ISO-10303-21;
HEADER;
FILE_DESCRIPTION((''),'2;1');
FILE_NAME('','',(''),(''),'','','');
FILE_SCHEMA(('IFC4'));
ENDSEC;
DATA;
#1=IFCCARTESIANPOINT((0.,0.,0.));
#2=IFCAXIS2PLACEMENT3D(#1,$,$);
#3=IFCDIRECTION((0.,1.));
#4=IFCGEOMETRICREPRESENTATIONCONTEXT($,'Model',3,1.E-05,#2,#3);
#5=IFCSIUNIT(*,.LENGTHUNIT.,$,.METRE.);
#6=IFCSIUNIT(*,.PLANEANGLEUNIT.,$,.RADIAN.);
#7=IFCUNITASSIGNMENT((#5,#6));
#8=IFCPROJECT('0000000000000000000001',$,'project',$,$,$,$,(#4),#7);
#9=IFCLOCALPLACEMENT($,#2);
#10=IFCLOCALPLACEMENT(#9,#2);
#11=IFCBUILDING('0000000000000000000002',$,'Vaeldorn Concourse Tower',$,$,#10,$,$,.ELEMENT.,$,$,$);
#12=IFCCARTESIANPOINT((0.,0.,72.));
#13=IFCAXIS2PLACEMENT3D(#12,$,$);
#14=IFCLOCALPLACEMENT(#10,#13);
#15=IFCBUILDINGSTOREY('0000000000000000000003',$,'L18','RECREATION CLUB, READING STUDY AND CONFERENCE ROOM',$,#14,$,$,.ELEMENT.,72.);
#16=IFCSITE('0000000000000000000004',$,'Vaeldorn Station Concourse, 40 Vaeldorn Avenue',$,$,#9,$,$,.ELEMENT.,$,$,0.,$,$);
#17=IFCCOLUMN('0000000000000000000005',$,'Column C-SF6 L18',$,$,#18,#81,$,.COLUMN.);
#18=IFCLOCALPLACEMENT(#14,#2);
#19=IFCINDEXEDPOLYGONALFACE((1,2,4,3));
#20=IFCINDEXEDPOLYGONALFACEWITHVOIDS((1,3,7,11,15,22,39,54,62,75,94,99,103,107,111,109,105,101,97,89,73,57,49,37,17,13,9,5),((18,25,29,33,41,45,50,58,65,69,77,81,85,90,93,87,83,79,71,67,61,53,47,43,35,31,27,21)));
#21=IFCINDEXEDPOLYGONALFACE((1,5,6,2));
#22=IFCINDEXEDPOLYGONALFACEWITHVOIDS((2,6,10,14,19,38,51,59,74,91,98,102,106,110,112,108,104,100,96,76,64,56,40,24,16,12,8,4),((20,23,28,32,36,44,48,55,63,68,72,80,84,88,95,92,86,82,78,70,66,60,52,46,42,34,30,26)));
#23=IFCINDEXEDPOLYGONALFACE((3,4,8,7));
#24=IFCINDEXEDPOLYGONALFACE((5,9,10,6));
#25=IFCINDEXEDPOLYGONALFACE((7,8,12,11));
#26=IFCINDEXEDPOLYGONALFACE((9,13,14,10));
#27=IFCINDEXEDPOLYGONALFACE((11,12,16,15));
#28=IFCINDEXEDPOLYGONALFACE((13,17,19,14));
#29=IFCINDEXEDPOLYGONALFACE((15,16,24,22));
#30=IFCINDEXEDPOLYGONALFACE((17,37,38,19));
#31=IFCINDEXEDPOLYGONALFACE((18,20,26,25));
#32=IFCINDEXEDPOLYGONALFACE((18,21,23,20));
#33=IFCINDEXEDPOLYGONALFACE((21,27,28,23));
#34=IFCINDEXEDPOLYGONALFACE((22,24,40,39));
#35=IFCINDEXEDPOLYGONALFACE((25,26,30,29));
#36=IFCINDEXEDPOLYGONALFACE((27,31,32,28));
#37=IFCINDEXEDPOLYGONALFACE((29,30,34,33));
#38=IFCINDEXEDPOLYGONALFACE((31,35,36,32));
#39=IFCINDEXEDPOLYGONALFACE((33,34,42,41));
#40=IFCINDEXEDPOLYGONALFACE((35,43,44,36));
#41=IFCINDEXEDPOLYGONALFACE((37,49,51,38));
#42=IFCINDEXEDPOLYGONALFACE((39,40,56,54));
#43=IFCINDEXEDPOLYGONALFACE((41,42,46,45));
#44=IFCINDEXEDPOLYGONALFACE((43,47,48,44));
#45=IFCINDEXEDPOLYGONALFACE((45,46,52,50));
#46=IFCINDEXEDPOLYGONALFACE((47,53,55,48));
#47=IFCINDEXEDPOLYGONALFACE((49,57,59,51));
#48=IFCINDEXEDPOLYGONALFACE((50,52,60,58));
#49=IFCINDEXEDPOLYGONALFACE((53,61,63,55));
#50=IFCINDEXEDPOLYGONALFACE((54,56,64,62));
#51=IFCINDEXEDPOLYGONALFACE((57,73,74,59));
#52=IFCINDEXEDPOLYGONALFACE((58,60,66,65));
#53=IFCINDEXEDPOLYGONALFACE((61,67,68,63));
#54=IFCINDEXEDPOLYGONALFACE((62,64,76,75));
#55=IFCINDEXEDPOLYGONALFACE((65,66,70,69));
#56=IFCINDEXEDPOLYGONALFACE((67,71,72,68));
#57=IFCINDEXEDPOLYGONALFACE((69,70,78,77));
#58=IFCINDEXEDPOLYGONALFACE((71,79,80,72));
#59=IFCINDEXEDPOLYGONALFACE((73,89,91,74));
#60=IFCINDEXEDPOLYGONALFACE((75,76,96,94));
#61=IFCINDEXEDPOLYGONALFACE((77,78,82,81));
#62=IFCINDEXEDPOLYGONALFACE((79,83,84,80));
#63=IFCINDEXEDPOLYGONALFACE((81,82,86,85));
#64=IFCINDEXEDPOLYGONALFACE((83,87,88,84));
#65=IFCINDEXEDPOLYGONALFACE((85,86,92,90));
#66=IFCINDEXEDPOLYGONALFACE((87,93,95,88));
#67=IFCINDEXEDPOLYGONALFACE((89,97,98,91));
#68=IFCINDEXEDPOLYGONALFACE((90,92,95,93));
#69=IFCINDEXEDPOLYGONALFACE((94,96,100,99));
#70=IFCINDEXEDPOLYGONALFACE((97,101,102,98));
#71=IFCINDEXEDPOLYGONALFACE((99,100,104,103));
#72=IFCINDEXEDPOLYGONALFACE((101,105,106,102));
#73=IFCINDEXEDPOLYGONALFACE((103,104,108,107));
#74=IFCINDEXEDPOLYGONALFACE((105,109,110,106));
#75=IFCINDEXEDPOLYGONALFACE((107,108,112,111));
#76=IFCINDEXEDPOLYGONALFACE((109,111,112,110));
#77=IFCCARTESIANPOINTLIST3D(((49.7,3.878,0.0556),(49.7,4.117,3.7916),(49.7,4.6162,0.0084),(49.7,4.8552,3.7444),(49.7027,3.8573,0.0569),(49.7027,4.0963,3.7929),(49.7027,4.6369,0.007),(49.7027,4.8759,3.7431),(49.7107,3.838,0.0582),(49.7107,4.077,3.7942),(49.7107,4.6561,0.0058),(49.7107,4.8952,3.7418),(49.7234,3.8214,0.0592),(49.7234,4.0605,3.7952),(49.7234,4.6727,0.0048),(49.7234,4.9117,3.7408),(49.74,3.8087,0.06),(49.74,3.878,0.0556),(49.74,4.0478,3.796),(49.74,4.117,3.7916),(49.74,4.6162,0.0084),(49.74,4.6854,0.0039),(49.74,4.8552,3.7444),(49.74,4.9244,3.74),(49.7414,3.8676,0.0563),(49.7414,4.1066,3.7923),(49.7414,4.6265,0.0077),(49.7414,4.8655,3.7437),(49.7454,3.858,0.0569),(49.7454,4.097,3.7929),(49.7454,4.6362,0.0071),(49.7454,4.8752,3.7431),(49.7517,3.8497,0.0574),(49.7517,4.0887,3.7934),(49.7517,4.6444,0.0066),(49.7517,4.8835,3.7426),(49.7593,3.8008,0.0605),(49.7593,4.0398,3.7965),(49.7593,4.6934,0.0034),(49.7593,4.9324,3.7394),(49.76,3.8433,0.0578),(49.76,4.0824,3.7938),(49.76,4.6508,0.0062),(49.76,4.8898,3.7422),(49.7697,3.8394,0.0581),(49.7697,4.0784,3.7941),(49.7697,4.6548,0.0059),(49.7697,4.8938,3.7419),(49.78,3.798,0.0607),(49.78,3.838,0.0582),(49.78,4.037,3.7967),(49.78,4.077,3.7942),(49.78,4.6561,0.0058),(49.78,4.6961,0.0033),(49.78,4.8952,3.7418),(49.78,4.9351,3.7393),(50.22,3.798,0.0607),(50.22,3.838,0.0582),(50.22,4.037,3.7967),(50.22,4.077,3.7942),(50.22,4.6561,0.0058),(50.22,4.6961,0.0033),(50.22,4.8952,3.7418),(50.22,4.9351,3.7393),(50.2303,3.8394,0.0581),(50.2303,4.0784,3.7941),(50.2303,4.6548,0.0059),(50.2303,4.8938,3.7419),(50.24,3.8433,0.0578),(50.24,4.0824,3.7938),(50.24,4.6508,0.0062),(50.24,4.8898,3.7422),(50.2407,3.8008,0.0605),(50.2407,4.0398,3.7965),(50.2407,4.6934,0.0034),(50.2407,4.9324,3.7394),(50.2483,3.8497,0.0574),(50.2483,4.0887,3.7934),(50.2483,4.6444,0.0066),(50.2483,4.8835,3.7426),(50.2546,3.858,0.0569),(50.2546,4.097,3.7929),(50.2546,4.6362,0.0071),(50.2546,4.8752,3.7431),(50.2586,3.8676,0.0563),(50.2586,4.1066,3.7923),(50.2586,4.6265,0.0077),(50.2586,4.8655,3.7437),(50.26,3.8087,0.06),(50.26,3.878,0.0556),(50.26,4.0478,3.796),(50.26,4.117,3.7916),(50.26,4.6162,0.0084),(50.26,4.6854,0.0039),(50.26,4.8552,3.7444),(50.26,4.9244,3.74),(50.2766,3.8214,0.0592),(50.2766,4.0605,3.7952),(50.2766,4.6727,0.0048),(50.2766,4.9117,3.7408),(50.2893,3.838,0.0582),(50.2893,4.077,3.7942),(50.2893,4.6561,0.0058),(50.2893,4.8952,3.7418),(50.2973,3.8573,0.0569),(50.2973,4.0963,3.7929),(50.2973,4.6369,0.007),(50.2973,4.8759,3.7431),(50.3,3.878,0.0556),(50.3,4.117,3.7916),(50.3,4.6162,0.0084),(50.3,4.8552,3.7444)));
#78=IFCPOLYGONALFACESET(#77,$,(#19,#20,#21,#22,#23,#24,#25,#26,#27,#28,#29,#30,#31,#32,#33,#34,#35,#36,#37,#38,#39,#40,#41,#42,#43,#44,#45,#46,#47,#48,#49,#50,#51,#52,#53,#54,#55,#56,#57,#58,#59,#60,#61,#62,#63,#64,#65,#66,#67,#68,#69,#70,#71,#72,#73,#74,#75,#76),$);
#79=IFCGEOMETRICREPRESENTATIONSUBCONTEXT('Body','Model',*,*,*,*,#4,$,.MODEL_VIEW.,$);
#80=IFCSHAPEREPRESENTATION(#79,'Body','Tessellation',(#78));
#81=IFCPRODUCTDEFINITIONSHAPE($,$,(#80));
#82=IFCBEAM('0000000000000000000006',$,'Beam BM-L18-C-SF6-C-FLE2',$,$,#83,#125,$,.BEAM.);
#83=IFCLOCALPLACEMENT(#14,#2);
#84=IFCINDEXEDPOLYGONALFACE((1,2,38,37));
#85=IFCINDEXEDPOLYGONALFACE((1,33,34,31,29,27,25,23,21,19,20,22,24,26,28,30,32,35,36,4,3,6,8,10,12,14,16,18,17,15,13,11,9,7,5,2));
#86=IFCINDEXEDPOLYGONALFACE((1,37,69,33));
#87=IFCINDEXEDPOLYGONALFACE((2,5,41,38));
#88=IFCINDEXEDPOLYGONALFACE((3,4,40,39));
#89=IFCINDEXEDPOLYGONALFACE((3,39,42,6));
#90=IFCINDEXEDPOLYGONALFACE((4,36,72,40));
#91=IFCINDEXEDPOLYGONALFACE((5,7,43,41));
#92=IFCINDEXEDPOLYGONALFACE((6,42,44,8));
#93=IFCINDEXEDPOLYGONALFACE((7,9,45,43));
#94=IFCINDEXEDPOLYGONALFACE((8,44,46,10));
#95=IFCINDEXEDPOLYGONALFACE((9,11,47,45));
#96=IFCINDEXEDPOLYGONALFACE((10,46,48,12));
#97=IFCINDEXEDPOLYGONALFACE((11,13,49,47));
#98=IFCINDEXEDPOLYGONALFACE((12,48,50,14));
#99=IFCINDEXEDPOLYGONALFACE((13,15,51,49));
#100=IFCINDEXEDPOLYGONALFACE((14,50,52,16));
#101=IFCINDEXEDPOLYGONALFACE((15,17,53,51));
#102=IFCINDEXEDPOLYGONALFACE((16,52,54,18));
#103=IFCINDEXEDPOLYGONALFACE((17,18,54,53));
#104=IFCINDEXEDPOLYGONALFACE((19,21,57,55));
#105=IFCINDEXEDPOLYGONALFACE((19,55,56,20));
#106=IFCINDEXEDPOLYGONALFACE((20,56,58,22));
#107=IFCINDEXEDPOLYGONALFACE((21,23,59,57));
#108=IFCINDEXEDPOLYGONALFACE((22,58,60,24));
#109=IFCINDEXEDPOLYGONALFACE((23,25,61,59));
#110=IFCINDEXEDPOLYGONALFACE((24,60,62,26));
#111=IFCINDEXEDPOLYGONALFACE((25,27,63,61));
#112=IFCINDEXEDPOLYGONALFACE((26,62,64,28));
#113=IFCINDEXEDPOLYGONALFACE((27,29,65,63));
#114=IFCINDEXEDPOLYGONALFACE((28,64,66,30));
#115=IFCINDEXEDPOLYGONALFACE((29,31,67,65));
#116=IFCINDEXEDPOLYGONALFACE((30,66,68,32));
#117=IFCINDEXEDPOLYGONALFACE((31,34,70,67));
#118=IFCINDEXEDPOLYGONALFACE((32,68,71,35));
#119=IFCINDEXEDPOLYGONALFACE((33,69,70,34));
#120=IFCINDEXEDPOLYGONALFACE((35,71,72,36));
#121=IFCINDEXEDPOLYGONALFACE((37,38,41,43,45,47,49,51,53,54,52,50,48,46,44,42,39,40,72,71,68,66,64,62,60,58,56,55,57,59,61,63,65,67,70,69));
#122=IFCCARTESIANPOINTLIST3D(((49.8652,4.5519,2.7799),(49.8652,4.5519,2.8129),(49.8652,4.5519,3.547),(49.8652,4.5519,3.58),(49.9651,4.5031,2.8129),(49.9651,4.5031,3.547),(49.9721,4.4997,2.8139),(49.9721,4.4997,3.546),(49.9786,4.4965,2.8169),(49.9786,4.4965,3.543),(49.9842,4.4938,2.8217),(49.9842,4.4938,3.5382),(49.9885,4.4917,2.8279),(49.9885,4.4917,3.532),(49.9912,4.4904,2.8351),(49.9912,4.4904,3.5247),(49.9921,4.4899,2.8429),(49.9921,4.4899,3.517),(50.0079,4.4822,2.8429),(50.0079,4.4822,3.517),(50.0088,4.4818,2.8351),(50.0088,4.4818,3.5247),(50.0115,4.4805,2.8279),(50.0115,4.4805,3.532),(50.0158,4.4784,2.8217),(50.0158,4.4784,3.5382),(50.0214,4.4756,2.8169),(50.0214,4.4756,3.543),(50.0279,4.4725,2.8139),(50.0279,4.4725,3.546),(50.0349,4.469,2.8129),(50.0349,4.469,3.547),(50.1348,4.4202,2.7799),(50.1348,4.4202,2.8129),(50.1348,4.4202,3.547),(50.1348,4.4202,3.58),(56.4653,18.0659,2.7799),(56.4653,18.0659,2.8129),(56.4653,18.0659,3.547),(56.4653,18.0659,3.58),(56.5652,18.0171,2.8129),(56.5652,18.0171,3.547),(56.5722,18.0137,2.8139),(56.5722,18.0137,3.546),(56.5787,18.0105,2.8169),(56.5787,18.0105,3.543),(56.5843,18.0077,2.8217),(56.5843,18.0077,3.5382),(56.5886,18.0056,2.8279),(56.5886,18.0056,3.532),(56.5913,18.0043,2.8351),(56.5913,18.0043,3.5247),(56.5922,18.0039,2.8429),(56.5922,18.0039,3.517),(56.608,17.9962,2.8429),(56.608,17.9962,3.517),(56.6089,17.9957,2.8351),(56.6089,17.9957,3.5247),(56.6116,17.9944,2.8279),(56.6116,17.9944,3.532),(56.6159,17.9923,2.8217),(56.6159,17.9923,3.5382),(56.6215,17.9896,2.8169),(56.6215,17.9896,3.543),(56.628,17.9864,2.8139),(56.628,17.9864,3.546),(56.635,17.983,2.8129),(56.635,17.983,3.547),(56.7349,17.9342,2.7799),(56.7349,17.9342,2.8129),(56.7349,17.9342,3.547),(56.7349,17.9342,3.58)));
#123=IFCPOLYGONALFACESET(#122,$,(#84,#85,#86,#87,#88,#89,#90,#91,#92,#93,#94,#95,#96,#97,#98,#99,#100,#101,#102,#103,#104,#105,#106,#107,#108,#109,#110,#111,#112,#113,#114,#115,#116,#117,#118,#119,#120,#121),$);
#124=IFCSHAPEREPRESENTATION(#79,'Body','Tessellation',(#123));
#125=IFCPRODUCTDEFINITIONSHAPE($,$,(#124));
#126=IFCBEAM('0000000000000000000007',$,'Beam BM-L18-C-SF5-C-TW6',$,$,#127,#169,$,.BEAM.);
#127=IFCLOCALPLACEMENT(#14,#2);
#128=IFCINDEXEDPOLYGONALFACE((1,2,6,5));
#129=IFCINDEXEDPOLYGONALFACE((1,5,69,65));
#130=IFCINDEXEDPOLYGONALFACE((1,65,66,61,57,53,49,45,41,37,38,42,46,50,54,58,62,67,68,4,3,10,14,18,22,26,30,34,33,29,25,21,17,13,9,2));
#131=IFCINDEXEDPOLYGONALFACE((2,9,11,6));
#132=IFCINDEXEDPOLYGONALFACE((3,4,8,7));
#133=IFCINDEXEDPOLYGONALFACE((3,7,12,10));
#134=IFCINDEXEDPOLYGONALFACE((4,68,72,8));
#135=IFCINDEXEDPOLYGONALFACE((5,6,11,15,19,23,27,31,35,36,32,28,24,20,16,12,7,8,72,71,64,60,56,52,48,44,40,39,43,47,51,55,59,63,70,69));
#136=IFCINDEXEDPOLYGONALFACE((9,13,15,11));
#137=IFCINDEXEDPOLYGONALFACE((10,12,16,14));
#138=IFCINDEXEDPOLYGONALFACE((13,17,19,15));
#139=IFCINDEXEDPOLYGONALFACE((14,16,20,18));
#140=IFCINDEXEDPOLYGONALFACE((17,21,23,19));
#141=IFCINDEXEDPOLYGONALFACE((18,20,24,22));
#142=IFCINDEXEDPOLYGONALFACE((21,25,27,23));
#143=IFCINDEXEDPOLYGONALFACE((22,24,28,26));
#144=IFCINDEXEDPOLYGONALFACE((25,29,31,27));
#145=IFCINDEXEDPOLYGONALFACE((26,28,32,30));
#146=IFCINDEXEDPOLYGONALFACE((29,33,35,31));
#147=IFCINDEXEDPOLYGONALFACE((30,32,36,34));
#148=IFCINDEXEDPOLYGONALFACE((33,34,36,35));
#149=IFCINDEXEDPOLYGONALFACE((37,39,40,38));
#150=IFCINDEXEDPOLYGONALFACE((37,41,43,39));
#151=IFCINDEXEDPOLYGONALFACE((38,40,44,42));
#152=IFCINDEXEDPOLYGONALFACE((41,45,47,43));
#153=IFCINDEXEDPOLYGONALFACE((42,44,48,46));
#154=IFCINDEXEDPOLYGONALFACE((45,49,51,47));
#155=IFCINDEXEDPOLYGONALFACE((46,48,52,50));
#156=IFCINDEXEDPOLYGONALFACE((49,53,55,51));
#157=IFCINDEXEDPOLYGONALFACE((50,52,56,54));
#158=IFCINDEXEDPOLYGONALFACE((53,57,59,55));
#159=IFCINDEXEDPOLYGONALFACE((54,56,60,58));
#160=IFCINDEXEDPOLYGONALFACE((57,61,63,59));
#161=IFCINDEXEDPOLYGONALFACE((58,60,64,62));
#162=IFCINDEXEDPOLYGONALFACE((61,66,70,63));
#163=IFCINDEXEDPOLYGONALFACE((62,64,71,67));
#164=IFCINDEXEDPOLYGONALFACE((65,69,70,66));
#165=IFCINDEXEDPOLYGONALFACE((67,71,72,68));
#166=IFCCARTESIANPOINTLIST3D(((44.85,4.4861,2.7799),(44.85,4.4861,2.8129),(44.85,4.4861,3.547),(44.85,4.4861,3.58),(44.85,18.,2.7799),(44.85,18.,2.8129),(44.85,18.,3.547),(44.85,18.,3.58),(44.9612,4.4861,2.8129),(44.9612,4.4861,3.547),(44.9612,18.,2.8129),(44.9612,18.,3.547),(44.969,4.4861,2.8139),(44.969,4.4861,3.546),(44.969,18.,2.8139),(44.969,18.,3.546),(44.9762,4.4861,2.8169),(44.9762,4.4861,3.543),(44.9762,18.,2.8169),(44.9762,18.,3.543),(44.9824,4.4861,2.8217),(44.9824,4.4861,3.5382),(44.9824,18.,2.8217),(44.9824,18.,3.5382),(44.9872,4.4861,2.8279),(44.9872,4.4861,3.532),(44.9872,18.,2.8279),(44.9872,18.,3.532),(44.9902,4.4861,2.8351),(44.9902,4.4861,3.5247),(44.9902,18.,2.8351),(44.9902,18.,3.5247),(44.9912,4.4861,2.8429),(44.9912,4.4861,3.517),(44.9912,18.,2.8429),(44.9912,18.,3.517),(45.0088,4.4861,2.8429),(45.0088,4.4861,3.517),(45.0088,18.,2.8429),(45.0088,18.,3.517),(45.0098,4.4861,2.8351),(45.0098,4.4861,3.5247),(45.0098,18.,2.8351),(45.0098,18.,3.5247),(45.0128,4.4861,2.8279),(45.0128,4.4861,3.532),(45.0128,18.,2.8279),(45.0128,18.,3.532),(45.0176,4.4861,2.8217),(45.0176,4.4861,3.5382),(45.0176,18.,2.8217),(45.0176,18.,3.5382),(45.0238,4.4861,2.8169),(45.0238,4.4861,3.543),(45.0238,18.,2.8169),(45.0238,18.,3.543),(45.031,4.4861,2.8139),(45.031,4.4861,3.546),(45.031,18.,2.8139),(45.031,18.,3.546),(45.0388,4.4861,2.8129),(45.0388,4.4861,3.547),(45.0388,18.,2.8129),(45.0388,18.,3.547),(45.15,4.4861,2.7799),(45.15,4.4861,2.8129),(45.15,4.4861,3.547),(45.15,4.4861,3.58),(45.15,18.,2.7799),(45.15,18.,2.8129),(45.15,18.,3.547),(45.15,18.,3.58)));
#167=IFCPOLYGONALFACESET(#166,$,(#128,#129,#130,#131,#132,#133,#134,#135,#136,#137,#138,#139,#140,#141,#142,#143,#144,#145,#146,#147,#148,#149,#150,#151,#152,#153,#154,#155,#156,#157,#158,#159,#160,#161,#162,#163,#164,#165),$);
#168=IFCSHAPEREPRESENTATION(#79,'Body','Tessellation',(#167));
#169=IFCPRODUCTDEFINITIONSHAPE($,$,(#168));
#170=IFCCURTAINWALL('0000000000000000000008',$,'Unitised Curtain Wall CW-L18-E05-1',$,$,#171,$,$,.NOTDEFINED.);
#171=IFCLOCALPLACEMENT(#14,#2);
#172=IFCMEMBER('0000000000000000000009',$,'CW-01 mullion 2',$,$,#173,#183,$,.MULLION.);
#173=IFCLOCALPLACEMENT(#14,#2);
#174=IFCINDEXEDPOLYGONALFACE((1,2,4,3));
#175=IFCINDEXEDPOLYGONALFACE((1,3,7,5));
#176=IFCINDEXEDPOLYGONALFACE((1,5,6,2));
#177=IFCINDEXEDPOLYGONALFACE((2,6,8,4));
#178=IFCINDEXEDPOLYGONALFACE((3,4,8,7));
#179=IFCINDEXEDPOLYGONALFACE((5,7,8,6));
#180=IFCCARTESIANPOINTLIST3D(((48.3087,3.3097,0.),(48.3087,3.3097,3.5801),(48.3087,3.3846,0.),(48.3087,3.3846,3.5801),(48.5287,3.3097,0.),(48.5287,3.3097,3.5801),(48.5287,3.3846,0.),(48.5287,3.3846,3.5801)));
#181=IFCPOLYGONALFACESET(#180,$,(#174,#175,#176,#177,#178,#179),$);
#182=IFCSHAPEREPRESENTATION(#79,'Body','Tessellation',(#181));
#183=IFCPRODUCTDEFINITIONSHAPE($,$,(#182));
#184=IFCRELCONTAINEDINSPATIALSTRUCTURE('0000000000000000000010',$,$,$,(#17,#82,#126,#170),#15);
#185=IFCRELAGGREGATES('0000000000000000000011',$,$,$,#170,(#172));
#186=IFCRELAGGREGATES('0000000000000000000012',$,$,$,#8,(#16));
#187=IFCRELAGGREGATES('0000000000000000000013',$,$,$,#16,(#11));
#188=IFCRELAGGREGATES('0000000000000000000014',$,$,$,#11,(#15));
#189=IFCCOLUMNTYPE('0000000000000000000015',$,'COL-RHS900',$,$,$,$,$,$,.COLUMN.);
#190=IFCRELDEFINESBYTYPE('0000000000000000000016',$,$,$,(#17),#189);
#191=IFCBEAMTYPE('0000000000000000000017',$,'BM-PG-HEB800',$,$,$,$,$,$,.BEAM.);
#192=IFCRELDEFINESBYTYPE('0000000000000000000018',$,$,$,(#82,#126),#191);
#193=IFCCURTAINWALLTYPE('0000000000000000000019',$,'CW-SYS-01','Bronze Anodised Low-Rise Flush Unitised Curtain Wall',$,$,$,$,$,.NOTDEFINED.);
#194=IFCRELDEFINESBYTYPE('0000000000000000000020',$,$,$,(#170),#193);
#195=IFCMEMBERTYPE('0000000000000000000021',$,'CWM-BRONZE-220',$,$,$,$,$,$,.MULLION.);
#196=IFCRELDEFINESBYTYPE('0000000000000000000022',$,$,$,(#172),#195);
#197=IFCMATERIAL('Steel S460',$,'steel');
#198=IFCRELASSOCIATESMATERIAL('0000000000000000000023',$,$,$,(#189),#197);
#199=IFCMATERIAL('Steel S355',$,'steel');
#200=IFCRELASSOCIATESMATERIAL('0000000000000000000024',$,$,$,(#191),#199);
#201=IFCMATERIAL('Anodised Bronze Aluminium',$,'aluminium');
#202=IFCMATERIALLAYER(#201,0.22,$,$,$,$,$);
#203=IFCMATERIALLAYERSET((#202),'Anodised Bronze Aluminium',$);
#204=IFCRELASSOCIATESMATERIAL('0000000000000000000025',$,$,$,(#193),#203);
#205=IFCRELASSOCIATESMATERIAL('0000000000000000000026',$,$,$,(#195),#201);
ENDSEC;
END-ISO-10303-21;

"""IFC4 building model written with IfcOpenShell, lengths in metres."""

from ifc_helpers import new_model, si_unit, direction, frame, origin, origin_2d, place, context, subcontext, project, spatial, rectangle, hollow_rectangle, i_section, extrude, source, transform, mapped, material, layer, layer_set, material_profile, profile_set, type_object, element, aggregate, save


model = new_model("IFC4")

# Units and contexts
model_context = context("Model", 3, precision=1e-05, world=origin(), true_north=direction((0.0, 1.0)))
body_context = subcontext(model_context, "Body", "Model", "MODEL_VIEW")
ifc_project = project(units=[si_unit("LENGTHUNIT", "METRE"), si_unit("PLANEANGLEUNIT", "RADIAN")], contexts=[model_context])

# Site, building, storey
site_placement = place(None, origin())
site = spatial("IfcSite", under=ifc_project, at=site_placement, Name="Vaeldorn Station Concourse, 40 Vaeldorn Avenue", CompositionType="ELEMENT", RefElevation=0.0)
building_placement = place(site_placement, origin())
building = spatial("IfcBuilding", under=site, at=building_placement, Name="Vaeldorn Concourse Tower", CompositionType="ELEMENT")
storey_placement = place(building_placement, frame((0.0, 0.0, 72.0)))
storey = spatial("IfcBuildingStorey", under=building, at=storey_placement, Name="L18", Description="RECREATION CLUB, READING STUDY AND CONFERENCE ROOM", CompositionType="ELEMENT", Elevation=72.0)

# Column
ifc_material_1 = material(Name="Steel S460", Category="steel")
ifc_material_profile_1 = material_profile(ifc_material_1, hollow_rectangle(XDim=0.6001, YDim=0.8999, WallThickness=0.04, InnerFilletRadius=0.04, OuterFilletRadius=0.0801, at=origin_2d()), Name="RHS 900x600x40")
ifc_profile_set_1 = profile_set([ifc_material_profile_1], Name="Steel S460")
column_type = type_object("IfcColumnType", Name="COL-RHS900", PredefinedType="COLUMN", material=ifc_profile_set_1)
shared_shape_1 = source(origin(), body_context, "Body", "SweptSolid", [
    extrude(hollow_rectangle(XDim=0.6001, YDim=0.8999, WallThickness=0.04, InnerFilletRadius=0.04, OuterFilletRadius=0.0801, at=origin_2d()), origin(), (0.0, 0.0, 1.0), 3.7437),
])
column_placement = place(storey_placement, frame((50.0, 4.2471, 0.032), z_axis=(0.0, 0.063844, 0.99796), x_axis=(-1.0, 0.0, 0.0)))
element("IfcColumn", 1, at=column_placement, inside=storey, type_object=column_type, Name="Column C-SF6 L18", PredefinedType="COLUMN", context=body_context, shape_type="MappedRepresentation", body=[
    mapped(shared_shape_1, transform((0.0, 0.0, 0.0), scale=1.0)),
])

# Beams
ifc_material_2 = material(Name="Steel S355", Category="steel")
ifc_material_profile_2 = material_profile(ifc_material_2, i_section(OverallWidth=0.3, OverallDepth=0.8, WebThickness=0.0176, FlangeThickness=0.033, FilletRadius=0.03, at=origin_2d()), Name="HEB 800")
ifc_profile_set_2 = profile_set([ifc_material_profile_2], Name="Steel S355")
beam_type = type_object("IfcBeamType", Name="BM-PG-HEB800", PredefinedType="BEAM", material=ifc_profile_set_2)
shared_shape_2 = source(origin(), body_context, "Body", "SweptSolid", [
    extrude(i_section(OverallWidth=0.3, OverallDepth=0.8, WebThickness=0.0176, FlangeThickness=0.033, FilletRadius=0.03, at=origin_2d()), origin(), (0.0, 0.0, 1.0), 15.0396),
])
beam_1_placement = place(storey_placement, frame((50.0, 4.4861, 3.1799), z_axis=(0.43885, 0.89856, 0.0), x_axis=(-0.89856, 0.43885, 0.0)))
element("IfcBeam", 2, at=beam_1_placement, inside=storey, type_object=beam_type, Name="Beam BM-L18-C-SF6-C-FLE2", PredefinedType="BEAM", context=body_context, shape_type="MappedRepresentation", body=[
    mapped(shared_shape_2, transform((0.0, 0.0, 0.0), scale=1.0)),
])
shared_shape_3 = source(origin(), body_context, "Body", "SweptSolid", [
    extrude(i_section(OverallWidth=0.3, OverallDepth=0.8, WebThickness=0.0176, FlangeThickness=0.033, FilletRadius=0.03, at=origin_2d()), origin(), (0.0, 0.0, 1.0), 13.5139),
])
beam_2_placement = place(storey_placement, frame((45.0, 4.4861, 3.1799), z_axis=(0.0, 1.0, 0.0), x_axis=(-1.0, 0.0, 0.0)))
element("IfcBeam", 3, at=beam_2_placement, inside=storey, type_object=beam_type, Name="Beam BM-L18-C-SF5-C-TW6", PredefinedType="BEAM", context=body_context, shape_type="MappedRepresentation", body=[
    mapped(shared_shape_3, transform((0.0, 0.0, 0.0), scale=1.0)),
])

# Curtain wall, member
ifc_material_3 = material(Name="Anodised Bronze Aluminium", Category="aluminium")
ifc_layer_1 = layer(ifc_material_3, 0.22)
ifc_layer_set_1 = layer_set([ifc_layer_1], Name="Anodised Bronze Aluminium")
curtain_wall_type = type_object("IfcCurtainWallType", Name="CW-SYS-01", Description="Bronze Anodised Low-Rise Flush Unitised Curtain Wall", PredefinedType="NOTDEFINED", material=ifc_layer_set_1)
curtain_wall_1_placement = place(storey_placement, origin())
curtain_wall_1 = element("IfcCurtainWall", 4, at=curtain_wall_1_placement, inside=storey, type_object=curtain_wall_type, Name="Unitised Curtain Wall CW-L18-E05-1", PredefinedType="NOTDEFINED")
ifc_material_profile_3 = material_profile(ifc_material_3, rectangle(XDim=0.075, YDim=0.22, at=origin_2d()), Name="CWM 75x220")
ifc_profile_set_3 = profile_set([ifc_material_profile_3], Name="Anodised Bronze Aluminium")
member_type_1 = type_object("IfcMemberType", Name="CWM-BRONZE-220", PredefinedType="MULLION", material=ifc_profile_set_3)
shared_shape_4 = source(origin(), body_context, "Body", "SweptSolid", [
    extrude(rectangle(XDim=0.075, YDim=0.22, at=origin_2d()), origin(), (0.0, 0.0, 1.0), 3.5801),
])
member_1_placement = place(storey_placement, frame((48.4187, 3.3472, 0.0), z_axis=(0.0, 0.0, 1.0), x_axis=(0.0, 1.0, 0.0)))
member_1 = element("IfcMember", 5, at=member_1_placement, type_object=member_type_1, Name="CW-01 mullion 2", PredefinedType="MULLION", context=body_context, shape_type="MappedRepresentation", body=[
    mapped(shared_shape_4, transform((0.0, 0.0, 0.0), scale=1.0)),
])

aggregate(curtain_wall_1, [member_1])

save(model, "model.ifc")
